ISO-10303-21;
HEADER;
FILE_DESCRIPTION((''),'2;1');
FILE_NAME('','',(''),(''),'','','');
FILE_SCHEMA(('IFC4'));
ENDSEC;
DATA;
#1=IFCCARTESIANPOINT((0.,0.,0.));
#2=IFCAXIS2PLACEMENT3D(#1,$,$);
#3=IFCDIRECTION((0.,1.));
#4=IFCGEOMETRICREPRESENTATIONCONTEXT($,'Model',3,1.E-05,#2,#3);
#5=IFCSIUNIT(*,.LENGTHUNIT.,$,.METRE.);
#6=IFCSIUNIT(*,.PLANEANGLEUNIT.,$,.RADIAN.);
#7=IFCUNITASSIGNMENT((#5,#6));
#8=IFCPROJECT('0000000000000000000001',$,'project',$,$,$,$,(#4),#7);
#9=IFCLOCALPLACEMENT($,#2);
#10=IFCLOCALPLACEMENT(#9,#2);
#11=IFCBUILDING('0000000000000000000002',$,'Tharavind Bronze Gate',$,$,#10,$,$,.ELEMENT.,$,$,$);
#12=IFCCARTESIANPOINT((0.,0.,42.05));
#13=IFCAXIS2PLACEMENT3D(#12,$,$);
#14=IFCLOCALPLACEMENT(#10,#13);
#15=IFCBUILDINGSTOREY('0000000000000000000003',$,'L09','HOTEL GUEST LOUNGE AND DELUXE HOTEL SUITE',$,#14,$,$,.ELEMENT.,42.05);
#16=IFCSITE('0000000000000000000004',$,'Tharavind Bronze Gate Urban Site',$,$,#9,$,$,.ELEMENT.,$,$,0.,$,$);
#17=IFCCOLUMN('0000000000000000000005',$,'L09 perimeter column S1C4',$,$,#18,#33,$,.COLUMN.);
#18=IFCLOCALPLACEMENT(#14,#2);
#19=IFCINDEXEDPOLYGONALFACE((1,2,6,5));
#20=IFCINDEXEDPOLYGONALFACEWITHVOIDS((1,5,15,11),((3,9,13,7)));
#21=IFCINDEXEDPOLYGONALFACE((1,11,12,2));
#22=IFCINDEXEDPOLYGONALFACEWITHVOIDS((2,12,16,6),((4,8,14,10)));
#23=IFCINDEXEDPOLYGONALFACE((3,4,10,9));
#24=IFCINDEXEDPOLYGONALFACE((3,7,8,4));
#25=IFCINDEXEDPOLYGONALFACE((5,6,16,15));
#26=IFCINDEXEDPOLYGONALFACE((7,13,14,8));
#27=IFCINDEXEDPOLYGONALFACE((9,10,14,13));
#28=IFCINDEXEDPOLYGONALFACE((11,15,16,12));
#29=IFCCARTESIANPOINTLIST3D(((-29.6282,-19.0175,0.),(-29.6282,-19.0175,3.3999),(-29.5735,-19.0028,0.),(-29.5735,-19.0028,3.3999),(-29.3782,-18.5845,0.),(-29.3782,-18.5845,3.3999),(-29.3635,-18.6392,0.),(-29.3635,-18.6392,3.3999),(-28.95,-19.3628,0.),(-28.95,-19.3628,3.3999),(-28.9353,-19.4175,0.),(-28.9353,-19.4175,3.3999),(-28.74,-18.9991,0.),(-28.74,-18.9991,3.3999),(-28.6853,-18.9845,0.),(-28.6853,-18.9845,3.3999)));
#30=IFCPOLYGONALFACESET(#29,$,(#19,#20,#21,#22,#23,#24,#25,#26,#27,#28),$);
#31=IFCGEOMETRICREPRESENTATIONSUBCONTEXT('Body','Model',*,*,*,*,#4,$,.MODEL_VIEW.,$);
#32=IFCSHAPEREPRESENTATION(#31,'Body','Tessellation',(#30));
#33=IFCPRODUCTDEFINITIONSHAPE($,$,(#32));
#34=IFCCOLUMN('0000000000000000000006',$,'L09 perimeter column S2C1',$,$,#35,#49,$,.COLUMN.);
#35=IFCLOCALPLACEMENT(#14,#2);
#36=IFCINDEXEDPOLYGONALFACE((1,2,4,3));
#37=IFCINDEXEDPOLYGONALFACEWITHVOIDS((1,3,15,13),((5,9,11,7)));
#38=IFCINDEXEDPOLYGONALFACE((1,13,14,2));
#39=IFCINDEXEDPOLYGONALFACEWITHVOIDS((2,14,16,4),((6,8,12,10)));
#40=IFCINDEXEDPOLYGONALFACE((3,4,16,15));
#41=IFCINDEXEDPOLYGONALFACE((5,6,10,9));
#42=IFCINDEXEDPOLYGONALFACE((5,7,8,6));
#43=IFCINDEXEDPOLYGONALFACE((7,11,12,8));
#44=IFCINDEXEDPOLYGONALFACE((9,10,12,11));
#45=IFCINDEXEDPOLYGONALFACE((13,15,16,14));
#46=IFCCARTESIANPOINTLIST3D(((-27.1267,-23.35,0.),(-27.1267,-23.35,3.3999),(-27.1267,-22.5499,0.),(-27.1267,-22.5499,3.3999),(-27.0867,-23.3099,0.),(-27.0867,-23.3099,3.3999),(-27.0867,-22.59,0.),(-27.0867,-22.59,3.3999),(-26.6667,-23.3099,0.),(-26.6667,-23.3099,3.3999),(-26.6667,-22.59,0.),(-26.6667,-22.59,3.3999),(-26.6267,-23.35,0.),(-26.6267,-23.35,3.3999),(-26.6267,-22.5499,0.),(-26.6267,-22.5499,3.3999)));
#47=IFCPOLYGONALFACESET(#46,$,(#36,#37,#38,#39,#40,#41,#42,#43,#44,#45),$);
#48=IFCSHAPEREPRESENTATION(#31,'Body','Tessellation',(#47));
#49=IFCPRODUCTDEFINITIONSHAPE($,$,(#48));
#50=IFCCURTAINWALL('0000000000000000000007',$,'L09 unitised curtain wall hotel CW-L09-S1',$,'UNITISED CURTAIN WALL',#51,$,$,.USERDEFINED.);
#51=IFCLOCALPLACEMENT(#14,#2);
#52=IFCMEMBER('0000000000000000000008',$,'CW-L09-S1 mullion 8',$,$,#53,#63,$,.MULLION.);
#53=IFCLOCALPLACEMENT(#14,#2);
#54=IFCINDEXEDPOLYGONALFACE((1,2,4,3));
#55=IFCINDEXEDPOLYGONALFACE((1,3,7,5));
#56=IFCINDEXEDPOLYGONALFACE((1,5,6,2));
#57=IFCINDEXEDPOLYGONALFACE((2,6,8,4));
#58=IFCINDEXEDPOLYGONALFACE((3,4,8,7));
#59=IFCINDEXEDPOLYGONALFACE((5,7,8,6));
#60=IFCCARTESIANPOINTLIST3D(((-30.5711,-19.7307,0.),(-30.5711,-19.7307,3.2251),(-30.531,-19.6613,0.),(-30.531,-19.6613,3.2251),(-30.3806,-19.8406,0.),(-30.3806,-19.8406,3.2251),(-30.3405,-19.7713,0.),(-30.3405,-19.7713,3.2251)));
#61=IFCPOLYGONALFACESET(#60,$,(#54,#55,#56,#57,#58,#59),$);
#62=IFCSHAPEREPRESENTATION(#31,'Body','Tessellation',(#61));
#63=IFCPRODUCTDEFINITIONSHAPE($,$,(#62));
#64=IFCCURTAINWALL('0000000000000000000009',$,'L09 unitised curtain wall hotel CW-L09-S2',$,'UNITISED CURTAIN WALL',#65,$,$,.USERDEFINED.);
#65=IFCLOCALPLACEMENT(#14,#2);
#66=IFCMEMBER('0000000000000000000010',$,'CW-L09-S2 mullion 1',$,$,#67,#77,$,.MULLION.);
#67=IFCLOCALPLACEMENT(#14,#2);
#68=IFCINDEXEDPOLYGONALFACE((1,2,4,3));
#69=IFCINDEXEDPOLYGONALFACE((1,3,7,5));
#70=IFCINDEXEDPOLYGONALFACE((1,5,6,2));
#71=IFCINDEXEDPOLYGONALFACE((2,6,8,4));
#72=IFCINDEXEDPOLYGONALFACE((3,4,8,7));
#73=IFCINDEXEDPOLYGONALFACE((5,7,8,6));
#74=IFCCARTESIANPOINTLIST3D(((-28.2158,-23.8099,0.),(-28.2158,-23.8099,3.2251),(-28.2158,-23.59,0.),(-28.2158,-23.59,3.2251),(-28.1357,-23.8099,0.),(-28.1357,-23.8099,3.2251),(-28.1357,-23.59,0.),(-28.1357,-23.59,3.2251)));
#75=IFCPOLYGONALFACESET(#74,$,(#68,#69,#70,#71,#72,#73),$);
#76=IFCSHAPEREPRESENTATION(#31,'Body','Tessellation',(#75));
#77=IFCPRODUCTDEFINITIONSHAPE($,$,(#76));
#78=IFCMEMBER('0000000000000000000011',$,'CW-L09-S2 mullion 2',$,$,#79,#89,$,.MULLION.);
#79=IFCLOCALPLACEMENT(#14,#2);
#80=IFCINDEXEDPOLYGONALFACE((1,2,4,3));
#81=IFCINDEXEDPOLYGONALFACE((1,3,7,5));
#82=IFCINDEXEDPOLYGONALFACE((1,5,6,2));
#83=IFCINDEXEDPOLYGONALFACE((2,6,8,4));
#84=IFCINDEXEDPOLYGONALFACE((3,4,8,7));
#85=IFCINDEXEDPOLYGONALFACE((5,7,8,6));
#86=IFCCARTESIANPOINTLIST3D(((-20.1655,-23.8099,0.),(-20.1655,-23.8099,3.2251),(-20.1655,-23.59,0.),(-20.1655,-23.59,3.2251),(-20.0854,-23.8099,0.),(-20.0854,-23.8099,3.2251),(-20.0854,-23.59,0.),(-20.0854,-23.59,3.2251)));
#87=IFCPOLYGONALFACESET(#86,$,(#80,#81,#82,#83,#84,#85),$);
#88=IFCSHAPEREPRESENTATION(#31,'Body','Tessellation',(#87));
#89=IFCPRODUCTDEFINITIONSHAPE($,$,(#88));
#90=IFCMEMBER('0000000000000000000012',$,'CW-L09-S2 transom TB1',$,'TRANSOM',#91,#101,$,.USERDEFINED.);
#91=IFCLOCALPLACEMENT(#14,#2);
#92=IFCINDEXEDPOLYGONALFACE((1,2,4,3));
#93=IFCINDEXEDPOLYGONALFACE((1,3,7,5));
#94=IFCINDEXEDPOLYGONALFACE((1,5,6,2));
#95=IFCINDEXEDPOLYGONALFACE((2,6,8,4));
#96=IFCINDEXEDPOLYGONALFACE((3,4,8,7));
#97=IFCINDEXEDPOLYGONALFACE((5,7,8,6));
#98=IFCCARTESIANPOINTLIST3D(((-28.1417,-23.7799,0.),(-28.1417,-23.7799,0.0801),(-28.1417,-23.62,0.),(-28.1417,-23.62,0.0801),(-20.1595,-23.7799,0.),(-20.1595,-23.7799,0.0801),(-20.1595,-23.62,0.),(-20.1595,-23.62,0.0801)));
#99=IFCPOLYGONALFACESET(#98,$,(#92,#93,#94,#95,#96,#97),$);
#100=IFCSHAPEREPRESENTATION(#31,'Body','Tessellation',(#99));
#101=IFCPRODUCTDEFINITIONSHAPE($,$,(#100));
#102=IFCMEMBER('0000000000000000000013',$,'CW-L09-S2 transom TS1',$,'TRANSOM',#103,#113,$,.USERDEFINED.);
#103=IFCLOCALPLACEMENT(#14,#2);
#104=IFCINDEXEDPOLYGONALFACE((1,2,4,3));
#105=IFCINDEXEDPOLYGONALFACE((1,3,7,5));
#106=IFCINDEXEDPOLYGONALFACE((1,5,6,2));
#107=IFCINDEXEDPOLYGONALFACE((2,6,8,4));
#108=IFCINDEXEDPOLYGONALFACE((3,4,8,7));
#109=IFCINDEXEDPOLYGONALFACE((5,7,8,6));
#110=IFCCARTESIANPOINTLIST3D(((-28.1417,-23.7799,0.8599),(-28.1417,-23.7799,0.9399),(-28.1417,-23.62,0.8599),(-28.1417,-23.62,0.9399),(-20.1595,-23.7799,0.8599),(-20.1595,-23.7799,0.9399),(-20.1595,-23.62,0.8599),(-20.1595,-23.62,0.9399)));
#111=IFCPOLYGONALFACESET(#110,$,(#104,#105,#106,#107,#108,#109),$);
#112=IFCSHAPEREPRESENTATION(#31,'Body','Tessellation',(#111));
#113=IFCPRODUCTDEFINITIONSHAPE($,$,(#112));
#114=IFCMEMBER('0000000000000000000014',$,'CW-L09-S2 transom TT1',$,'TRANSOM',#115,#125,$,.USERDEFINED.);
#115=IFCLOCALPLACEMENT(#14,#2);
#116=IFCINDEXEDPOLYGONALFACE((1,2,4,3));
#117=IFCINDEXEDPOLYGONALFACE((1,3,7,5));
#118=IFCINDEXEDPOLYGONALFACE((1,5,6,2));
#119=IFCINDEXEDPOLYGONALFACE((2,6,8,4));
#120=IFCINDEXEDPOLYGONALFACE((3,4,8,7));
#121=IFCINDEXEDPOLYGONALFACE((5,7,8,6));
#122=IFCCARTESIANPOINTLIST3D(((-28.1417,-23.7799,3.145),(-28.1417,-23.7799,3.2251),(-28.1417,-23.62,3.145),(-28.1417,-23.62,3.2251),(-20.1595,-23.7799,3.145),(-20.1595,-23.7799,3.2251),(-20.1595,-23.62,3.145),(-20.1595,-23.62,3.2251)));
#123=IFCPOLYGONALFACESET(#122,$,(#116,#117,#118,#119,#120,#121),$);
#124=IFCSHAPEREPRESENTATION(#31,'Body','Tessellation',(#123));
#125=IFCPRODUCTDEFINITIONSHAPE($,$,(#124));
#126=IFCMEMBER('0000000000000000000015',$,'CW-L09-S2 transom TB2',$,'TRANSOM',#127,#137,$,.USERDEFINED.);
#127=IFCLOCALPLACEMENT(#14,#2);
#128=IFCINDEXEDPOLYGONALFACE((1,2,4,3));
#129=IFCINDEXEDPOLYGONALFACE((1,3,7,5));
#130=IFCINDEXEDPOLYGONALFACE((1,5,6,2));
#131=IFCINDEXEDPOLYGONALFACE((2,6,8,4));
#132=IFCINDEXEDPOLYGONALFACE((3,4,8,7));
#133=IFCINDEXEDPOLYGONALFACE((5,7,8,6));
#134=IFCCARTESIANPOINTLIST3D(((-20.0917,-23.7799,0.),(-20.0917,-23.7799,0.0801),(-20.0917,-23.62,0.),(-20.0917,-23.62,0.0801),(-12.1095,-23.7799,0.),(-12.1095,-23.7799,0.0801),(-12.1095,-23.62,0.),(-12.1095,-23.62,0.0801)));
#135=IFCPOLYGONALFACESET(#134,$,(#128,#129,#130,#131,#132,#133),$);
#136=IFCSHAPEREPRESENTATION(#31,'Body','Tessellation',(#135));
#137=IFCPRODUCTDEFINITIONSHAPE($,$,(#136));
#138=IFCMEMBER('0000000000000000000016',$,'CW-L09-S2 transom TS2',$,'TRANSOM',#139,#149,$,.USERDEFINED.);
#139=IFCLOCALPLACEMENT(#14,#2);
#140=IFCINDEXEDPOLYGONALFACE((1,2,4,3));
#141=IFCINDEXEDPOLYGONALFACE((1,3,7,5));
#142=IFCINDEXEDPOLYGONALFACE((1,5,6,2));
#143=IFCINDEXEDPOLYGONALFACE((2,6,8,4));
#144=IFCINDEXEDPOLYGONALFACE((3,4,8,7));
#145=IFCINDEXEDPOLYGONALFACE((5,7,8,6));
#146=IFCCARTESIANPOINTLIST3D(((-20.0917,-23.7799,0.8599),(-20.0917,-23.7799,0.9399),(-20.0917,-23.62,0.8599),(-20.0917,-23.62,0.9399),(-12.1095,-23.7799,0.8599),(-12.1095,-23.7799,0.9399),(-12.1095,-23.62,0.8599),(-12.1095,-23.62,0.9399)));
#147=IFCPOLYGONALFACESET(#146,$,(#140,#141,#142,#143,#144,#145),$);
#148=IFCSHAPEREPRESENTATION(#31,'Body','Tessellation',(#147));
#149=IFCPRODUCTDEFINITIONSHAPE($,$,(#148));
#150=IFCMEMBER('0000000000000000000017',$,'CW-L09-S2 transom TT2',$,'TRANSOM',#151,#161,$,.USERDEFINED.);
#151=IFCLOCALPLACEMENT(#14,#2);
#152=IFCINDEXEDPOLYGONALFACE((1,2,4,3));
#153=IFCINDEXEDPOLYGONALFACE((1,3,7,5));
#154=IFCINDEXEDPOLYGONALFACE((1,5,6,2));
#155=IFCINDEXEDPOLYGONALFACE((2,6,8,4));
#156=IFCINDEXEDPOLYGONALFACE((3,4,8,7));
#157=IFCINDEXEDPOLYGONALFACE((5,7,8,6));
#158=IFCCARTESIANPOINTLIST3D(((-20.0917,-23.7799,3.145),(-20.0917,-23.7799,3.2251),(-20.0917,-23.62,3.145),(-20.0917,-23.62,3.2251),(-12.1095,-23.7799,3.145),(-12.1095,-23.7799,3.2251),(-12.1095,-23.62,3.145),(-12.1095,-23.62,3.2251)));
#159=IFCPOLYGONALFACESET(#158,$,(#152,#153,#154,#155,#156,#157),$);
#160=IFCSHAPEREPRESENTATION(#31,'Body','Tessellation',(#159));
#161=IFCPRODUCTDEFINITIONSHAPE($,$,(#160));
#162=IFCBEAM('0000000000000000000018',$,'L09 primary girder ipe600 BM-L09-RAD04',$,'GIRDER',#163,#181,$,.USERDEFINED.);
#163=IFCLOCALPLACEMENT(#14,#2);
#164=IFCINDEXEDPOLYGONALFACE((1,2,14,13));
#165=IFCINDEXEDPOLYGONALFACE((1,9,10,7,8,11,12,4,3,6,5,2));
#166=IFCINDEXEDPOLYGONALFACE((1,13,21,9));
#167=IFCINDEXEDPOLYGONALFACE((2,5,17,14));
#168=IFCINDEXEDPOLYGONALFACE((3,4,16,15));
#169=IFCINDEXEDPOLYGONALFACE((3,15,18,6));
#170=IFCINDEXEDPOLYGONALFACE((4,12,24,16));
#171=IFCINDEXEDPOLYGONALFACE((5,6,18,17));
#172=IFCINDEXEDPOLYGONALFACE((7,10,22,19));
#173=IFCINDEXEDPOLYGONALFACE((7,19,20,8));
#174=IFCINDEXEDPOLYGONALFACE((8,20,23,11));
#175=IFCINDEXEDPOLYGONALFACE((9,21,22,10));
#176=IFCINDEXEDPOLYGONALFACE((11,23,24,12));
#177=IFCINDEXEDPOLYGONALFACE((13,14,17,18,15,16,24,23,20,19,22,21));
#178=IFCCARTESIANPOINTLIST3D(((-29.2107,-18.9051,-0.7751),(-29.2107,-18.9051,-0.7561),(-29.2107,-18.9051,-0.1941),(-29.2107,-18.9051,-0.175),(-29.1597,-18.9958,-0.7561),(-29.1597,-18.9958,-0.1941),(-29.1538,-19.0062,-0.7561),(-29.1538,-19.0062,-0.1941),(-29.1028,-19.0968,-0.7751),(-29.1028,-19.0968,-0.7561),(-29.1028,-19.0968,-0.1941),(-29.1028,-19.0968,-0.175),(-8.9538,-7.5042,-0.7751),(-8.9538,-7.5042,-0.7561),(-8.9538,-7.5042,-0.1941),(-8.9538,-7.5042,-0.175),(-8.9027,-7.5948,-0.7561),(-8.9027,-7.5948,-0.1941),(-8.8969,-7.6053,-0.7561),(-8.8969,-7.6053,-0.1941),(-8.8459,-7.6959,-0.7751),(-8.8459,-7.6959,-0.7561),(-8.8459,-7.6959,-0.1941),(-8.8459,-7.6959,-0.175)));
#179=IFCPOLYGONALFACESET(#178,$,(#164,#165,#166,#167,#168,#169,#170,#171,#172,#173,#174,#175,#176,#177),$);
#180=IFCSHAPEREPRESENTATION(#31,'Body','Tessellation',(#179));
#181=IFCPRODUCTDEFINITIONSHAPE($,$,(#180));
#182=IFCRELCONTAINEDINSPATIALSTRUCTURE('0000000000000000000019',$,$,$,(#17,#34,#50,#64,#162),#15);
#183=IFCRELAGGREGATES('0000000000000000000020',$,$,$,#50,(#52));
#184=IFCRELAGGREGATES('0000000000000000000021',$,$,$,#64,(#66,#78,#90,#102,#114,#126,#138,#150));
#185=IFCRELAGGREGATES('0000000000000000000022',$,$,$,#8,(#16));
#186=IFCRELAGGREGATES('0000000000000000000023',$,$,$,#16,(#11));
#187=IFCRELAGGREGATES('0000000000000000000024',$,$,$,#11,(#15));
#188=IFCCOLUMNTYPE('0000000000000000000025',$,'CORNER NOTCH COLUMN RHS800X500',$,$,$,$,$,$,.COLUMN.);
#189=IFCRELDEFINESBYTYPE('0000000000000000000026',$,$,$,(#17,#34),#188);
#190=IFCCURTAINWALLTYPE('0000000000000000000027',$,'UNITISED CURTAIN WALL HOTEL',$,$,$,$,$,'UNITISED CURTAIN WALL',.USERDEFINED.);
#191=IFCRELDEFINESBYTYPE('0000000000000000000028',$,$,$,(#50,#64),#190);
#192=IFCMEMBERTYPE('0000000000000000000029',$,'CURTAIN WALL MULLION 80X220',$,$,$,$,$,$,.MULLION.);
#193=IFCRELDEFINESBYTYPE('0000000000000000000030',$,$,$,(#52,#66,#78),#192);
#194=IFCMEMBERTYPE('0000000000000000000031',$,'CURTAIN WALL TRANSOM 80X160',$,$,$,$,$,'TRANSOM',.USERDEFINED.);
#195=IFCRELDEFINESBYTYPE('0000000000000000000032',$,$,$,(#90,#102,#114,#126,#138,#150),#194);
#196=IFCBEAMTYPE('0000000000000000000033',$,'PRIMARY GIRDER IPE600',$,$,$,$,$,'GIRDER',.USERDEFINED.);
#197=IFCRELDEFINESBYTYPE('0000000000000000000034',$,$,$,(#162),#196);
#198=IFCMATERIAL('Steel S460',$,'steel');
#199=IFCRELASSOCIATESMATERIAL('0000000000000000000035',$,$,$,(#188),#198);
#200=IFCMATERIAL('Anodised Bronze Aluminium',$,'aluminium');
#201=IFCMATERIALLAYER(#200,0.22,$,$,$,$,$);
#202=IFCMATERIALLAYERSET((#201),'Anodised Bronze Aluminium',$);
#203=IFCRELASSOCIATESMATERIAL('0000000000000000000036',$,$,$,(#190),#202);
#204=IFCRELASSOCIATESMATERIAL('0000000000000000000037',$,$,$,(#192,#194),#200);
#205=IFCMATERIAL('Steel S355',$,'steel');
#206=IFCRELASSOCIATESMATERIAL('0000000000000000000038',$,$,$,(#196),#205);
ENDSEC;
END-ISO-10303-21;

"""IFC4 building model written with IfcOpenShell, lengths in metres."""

from ifc_helpers import new_model, si_unit, direction, frame, origin, origin_2d, place, context, subcontext, project, spatial, rectangle, hollow_rectangle, i_section, extrude, material, layer, layer_set, material_profile, profile_set, type_object, element, aggregate, save


model = new_model("IFC4")

# Units and contexts
model_context = context("Model", 3, precision=1e-05, world=origin(), true_north=direction((0.0, 1.0)))
body_context = subcontext(model_context, "Body", "Model", "MODEL_VIEW")
ifc_project = project(units=[si_unit("LENGTHUNIT", "METRE"), si_unit("PLANEANGLEUNIT", "RADIAN")], contexts=[model_context])

# Site, building, storey
site_placement = place(None, origin())
site = spatial("IfcSite", under=ifc_project, at=site_placement, Name="Tharavind Bronze Gate Urban Site", CompositionType="ELEMENT", RefElevation=0.0)
building_placement = place(site_placement, origin())
building = spatial("IfcBuilding", under=site, at=building_placement, Name="Tharavind Bronze Gate", CompositionType="ELEMENT")
storey_placement = place(building_placement, frame((0.0, 0.0, 42.05)))
storey = spatial("IfcBuildingStorey", under=building, at=storey_placement, Name="L09", Description="HOTEL GUEST LOUNGE AND DELUXE HOTEL SUITE", CompositionType="ELEMENT", Elevation=42.05)

# Columns
ifc_material_1 = material(Name="Steel S460", Category="steel")
ifc_material_profile_1 = material_profile(ifc_material_1, hollow_rectangle(XDim=0.5, YDim=0.8, WallThickness=0.04, at=origin_2d()), Name="RHS800X500X40")
ifc_profile_set_1 = profile_set([ifc_material_profile_1], Name="Steel S460")
column_type = type_object("IfcColumnType", Name="CORNER NOTCH COLUMN RHS800X500", PredefinedType="COLUMN", material=ifc_profile_set_1)
for number, where, z_axis, x_axis, name in (
    (1, (-29.1567, -19.001, 0.0), (0.0, 0.0, 1.0), (0.500002, 0.866025, 0.0), "L09 perimeter column S1C4"),
    (2, (-26.8767, -22.95, 0.0), (0.0, 0.0, 1.0), (1.0, 0.0, 0.0), "L09 perimeter column S2C1"),
):
    element("IfcColumn", number, at=place(storey_placement, frame(where, z_axis=z_axis, x_axis=x_axis)), inside=storey, type_object=column_type, Name=name, PredefinedType="COLUMN", context=body_context, shape_type="SweptSolid", body=[
        extrude(hollow_rectangle(XDim=0.5, YDim=0.8, WallThickness=0.04, at=origin_2d()), origin(), (0.0, 0.0, 1.0), 3.3999),
    ])

# Curtain wall, member
ifc_material_2 = material(Name="Anodised Bronze Aluminium", Category="aluminium")
ifc_layer_1 = layer(ifc_material_2, 0.22)
ifc_layer_set_1 = layer_set([ifc_layer_1], Name="Anodised Bronze Aluminium")
curtain_wall_type = type_object("IfcCurtainWallType", Name="UNITISED CURTAIN WALL HOTEL", ElementType="UNITISED CURTAIN WALL", PredefinedType="USERDEFINED", material=ifc_layer_set_1)
curtain_wall_1_placement = place(storey_placement, origin())
curtain_wall_1 = element("IfcCurtainWall", 3, at=curtain_wall_1_placement, inside=storey, type_object=curtain_wall_type, Name="L09 unitised curtain wall hotel CW-L09-S1", ObjectType="UNITISED CURTAIN WALL", PredefinedType="USERDEFINED")
member_type_1 = type_object("IfcMemberType", Name="CURTAIN WALL MULLION 80X220", PredefinedType="MULLION", material=ifc_material_2)
member_1_placement = place(storey_placement, frame((-30.4558, -19.751, 0.0), z_axis=(0.0, 0.0, 1.0), x_axis=(-0.500002, -0.866025, 0.0)))
member_1 = element("IfcMember", 4, at=member_1_placement, type_object=member_type_1, Name="CW-L09-S1 mullion 8", PredefinedType="MULLION", context=body_context, shape_type="SweptSolid", body=[
    extrude(rectangle(XDim=0.0801, YDim=0.22, at=origin_2d()), origin(), (0.0, 0.0, 1.0), 3.2251),
])
aggregate(curtain_wall_1, [member_1])

# Curtain wall, members
curtain_wall_2_placement = place(storey_placement, origin())
curtain_wall_2 = element("IfcCurtainWall", 5, at=curtain_wall_2_placement, inside=storey, type_object=curtain_wall_type, Name="L09 unitised curtain wall hotel CW-L09-S2", ObjectType="UNITISED CURTAIN WALL", PredefinedType="USERDEFINED")
member_2_placement = place(storey_placement, frame((-28.1758, -23.7, 0.0), z_axis=(0.0, 0.0, 1.0), x_axis=(1.0, 0.0, 0.0)))
member_2 = element("IfcMember", 6, at=member_2_placement, type_object=member_type_1, Name="CW-L09-S2 mullion 1", PredefinedType="MULLION", context=body_context, shape_type="SweptSolid", body=[
    extrude(rectangle(XDim=0.0801, YDim=0.22, at=origin_2d()), origin(), (0.0, 0.0, 1.0), 3.2251),
])
member_3_placement = place(storey_placement, frame((-20.1255, -23.7, 0.0), z_axis=(0.0, 0.0, 1.0), x_axis=(1.0, 0.0, 0.0)))
member_3 = element("IfcMember", 7, at=member_3_placement, type_object=member_type_1, Name="CW-L09-S2 mullion 2", PredefinedType="MULLION", context=body_context, shape_type="SweptSolid", body=[
    extrude(rectangle(XDim=0.0801, YDim=0.22, at=origin_2d()), origin(), (0.0, 0.0, 1.0), 3.2251),
])
member_type_2 = type_object("IfcMemberType", Name="CURTAIN WALL TRANSOM 80X160", ElementType="TRANSOM", PredefinedType="USERDEFINED", material=ifc_material_2)
member_4_placement = place(storey_placement, frame((-24.1506, -23.7, 0.0), z_axis=(0.0, 0.0, 1.0), x_axis=(1.0, 0.0, 0.0)))
member_4 = element("IfcMember", 8, at=member_4_placement, type_object=member_type_2, Name="CW-L09-S2 transom TB1", ObjectType="TRANSOM", PredefinedType="USERDEFINED", context=body_context, shape_type="SweptSolid", body=[
    extrude(rectangle(XDim=7.9822, YDim=0.1599, at=origin_2d()), origin(), (0.0, 0.0, 1.0), 0.0801),
])
member_5_placement = place(storey_placement, frame((-24.1506, -23.7, 0.8599), z_axis=(0.0, 0.0, 1.0), x_axis=(1.0, 0.0, 0.0)))
member_5 = element("IfcMember", 9, at=member_5_placement, type_object=member_type_2, Name="CW-L09-S2 transom TS1", ObjectType="TRANSOM", PredefinedType="USERDEFINED", context=body_context, shape_type="SweptSolid", body=[
    extrude(rectangle(XDim=7.9822, YDim=0.1599, at=origin_2d()), origin(), (0.0, 0.0, 1.0), 0.0801),
])
member_6_placement = place(storey_placement, frame((-24.1506, -23.7, 3.145), z_axis=(0.0, 0.0, 1.0), x_axis=(1.0, 0.0, 0.0)))
member_6 = element("IfcMember", 10, at=member_6_placement, type_object=member_type_2, Name="CW-L09-S2 transom TT1", ObjectType="TRANSOM", PredefinedType="USERDEFINED", context=body_context, shape_type="SweptSolid", body=[
    extrude(rectangle(XDim=7.9822, YDim=0.1599, at=origin_2d()), origin(), (0.0, 0.0, 1.0), 0.0801),
])
member_7_placement = place(storey_placement, frame((-16.1006, -23.7, 0.0), z_axis=(0.0, 0.0, 1.0), x_axis=(1.0, 0.0, 0.0)))
member_7 = element("IfcMember", 11, at=member_7_placement, type_object=member_type_2, Name="CW-L09-S2 transom TB2", ObjectType="TRANSOM", PredefinedType="USERDEFINED", context=body_context, shape_type="SweptSolid", body=[
    extrude(rectangle(XDim=7.9822, YDim=0.1599, at=origin_2d()), origin(), (0.0, 0.0, 1.0), 0.0801),
])
member_8_placement = place(storey_placement, frame((-16.1006, -23.7, 0.8599), z_axis=(0.0, 0.0, 1.0), x_axis=(1.0, 0.0, 0.0)))
member_8 = element("IfcMember", 12, at=member_8_placement, type_object=member_type_2, Name="CW-L09-S2 transom TS2", ObjectType="TRANSOM", PredefinedType="USERDEFINED", context=body_context, shape_type="SweptSolid", body=[
    extrude(rectangle(XDim=7.9822, YDim=0.1599, at=origin_2d()), origin(), (0.0, 0.0, 1.0), 0.0801),
])
member_9_placement = place(storey_placement, frame((-16.1006, -23.7, 3.145), z_axis=(0.0, 0.0, 1.0), x_axis=(1.0, 0.0, 0.0)))
member_9 = element("IfcMember", 13, at=member_9_placement, type_object=member_type_2, Name="CW-L09-S2 transom TT2", ObjectType="TRANSOM", PredefinedType="USERDEFINED", context=body_context, shape_type="SweptSolid", body=[
    extrude(rectangle(XDim=7.9822, YDim=0.1599, at=origin_2d()), origin(), (0.0, 0.0, 1.0), 0.0801),
])

# Beam
ifc_material_3 = material(Name="Steel S355", Category="steel")
ifc_material_profile_2 = material_profile(ifc_material_3, i_section(OverallWidth=0.22, OverallDepth=0.6001, WebThickness=0.012, FlangeThickness=0.019, at=origin_2d()), Name="IPE600")
ifc_profile_set_2 = profile_set([ifc_material_profile_2], Name="Steel S355")
beam_type_1 = type_object("IfcBeamType", Name="PRIMARY GIRDER IPE600", ElementType="GIRDER", PredefinedType="USERDEFINED", material=ifc_profile_set_2)
beam_1_placement = place(storey_placement, frame((-29.1567, -19.001, -0.4751), z_axis=(0.871458, 0.490471, 0.0), x_axis=(-0.490471, 0.871458, 0.0)))
element("IfcBeam", 14, at=beam_1_placement, inside=storey, type_object=beam_type_1, Name="L09 primary girder ipe600 BM-L09-RAD04", ObjectType="GIRDER", PredefinedType="USERDEFINED", context=body_context, shape_type="SweptSolid", body=[
    extrude(i_section(OverallWidth=0.22, OverallDepth=0.6001, WebThickness=0.012, FlangeThickness=0.019, at=origin_2d()), origin(), (0.0, 0.0, 1.0), 23.2449),
])

aggregate(curtain_wall_2, [member_2, member_3, member_4, member_5, member_6, member_7, member_8, member_9])

save(model, "model.ifc")
